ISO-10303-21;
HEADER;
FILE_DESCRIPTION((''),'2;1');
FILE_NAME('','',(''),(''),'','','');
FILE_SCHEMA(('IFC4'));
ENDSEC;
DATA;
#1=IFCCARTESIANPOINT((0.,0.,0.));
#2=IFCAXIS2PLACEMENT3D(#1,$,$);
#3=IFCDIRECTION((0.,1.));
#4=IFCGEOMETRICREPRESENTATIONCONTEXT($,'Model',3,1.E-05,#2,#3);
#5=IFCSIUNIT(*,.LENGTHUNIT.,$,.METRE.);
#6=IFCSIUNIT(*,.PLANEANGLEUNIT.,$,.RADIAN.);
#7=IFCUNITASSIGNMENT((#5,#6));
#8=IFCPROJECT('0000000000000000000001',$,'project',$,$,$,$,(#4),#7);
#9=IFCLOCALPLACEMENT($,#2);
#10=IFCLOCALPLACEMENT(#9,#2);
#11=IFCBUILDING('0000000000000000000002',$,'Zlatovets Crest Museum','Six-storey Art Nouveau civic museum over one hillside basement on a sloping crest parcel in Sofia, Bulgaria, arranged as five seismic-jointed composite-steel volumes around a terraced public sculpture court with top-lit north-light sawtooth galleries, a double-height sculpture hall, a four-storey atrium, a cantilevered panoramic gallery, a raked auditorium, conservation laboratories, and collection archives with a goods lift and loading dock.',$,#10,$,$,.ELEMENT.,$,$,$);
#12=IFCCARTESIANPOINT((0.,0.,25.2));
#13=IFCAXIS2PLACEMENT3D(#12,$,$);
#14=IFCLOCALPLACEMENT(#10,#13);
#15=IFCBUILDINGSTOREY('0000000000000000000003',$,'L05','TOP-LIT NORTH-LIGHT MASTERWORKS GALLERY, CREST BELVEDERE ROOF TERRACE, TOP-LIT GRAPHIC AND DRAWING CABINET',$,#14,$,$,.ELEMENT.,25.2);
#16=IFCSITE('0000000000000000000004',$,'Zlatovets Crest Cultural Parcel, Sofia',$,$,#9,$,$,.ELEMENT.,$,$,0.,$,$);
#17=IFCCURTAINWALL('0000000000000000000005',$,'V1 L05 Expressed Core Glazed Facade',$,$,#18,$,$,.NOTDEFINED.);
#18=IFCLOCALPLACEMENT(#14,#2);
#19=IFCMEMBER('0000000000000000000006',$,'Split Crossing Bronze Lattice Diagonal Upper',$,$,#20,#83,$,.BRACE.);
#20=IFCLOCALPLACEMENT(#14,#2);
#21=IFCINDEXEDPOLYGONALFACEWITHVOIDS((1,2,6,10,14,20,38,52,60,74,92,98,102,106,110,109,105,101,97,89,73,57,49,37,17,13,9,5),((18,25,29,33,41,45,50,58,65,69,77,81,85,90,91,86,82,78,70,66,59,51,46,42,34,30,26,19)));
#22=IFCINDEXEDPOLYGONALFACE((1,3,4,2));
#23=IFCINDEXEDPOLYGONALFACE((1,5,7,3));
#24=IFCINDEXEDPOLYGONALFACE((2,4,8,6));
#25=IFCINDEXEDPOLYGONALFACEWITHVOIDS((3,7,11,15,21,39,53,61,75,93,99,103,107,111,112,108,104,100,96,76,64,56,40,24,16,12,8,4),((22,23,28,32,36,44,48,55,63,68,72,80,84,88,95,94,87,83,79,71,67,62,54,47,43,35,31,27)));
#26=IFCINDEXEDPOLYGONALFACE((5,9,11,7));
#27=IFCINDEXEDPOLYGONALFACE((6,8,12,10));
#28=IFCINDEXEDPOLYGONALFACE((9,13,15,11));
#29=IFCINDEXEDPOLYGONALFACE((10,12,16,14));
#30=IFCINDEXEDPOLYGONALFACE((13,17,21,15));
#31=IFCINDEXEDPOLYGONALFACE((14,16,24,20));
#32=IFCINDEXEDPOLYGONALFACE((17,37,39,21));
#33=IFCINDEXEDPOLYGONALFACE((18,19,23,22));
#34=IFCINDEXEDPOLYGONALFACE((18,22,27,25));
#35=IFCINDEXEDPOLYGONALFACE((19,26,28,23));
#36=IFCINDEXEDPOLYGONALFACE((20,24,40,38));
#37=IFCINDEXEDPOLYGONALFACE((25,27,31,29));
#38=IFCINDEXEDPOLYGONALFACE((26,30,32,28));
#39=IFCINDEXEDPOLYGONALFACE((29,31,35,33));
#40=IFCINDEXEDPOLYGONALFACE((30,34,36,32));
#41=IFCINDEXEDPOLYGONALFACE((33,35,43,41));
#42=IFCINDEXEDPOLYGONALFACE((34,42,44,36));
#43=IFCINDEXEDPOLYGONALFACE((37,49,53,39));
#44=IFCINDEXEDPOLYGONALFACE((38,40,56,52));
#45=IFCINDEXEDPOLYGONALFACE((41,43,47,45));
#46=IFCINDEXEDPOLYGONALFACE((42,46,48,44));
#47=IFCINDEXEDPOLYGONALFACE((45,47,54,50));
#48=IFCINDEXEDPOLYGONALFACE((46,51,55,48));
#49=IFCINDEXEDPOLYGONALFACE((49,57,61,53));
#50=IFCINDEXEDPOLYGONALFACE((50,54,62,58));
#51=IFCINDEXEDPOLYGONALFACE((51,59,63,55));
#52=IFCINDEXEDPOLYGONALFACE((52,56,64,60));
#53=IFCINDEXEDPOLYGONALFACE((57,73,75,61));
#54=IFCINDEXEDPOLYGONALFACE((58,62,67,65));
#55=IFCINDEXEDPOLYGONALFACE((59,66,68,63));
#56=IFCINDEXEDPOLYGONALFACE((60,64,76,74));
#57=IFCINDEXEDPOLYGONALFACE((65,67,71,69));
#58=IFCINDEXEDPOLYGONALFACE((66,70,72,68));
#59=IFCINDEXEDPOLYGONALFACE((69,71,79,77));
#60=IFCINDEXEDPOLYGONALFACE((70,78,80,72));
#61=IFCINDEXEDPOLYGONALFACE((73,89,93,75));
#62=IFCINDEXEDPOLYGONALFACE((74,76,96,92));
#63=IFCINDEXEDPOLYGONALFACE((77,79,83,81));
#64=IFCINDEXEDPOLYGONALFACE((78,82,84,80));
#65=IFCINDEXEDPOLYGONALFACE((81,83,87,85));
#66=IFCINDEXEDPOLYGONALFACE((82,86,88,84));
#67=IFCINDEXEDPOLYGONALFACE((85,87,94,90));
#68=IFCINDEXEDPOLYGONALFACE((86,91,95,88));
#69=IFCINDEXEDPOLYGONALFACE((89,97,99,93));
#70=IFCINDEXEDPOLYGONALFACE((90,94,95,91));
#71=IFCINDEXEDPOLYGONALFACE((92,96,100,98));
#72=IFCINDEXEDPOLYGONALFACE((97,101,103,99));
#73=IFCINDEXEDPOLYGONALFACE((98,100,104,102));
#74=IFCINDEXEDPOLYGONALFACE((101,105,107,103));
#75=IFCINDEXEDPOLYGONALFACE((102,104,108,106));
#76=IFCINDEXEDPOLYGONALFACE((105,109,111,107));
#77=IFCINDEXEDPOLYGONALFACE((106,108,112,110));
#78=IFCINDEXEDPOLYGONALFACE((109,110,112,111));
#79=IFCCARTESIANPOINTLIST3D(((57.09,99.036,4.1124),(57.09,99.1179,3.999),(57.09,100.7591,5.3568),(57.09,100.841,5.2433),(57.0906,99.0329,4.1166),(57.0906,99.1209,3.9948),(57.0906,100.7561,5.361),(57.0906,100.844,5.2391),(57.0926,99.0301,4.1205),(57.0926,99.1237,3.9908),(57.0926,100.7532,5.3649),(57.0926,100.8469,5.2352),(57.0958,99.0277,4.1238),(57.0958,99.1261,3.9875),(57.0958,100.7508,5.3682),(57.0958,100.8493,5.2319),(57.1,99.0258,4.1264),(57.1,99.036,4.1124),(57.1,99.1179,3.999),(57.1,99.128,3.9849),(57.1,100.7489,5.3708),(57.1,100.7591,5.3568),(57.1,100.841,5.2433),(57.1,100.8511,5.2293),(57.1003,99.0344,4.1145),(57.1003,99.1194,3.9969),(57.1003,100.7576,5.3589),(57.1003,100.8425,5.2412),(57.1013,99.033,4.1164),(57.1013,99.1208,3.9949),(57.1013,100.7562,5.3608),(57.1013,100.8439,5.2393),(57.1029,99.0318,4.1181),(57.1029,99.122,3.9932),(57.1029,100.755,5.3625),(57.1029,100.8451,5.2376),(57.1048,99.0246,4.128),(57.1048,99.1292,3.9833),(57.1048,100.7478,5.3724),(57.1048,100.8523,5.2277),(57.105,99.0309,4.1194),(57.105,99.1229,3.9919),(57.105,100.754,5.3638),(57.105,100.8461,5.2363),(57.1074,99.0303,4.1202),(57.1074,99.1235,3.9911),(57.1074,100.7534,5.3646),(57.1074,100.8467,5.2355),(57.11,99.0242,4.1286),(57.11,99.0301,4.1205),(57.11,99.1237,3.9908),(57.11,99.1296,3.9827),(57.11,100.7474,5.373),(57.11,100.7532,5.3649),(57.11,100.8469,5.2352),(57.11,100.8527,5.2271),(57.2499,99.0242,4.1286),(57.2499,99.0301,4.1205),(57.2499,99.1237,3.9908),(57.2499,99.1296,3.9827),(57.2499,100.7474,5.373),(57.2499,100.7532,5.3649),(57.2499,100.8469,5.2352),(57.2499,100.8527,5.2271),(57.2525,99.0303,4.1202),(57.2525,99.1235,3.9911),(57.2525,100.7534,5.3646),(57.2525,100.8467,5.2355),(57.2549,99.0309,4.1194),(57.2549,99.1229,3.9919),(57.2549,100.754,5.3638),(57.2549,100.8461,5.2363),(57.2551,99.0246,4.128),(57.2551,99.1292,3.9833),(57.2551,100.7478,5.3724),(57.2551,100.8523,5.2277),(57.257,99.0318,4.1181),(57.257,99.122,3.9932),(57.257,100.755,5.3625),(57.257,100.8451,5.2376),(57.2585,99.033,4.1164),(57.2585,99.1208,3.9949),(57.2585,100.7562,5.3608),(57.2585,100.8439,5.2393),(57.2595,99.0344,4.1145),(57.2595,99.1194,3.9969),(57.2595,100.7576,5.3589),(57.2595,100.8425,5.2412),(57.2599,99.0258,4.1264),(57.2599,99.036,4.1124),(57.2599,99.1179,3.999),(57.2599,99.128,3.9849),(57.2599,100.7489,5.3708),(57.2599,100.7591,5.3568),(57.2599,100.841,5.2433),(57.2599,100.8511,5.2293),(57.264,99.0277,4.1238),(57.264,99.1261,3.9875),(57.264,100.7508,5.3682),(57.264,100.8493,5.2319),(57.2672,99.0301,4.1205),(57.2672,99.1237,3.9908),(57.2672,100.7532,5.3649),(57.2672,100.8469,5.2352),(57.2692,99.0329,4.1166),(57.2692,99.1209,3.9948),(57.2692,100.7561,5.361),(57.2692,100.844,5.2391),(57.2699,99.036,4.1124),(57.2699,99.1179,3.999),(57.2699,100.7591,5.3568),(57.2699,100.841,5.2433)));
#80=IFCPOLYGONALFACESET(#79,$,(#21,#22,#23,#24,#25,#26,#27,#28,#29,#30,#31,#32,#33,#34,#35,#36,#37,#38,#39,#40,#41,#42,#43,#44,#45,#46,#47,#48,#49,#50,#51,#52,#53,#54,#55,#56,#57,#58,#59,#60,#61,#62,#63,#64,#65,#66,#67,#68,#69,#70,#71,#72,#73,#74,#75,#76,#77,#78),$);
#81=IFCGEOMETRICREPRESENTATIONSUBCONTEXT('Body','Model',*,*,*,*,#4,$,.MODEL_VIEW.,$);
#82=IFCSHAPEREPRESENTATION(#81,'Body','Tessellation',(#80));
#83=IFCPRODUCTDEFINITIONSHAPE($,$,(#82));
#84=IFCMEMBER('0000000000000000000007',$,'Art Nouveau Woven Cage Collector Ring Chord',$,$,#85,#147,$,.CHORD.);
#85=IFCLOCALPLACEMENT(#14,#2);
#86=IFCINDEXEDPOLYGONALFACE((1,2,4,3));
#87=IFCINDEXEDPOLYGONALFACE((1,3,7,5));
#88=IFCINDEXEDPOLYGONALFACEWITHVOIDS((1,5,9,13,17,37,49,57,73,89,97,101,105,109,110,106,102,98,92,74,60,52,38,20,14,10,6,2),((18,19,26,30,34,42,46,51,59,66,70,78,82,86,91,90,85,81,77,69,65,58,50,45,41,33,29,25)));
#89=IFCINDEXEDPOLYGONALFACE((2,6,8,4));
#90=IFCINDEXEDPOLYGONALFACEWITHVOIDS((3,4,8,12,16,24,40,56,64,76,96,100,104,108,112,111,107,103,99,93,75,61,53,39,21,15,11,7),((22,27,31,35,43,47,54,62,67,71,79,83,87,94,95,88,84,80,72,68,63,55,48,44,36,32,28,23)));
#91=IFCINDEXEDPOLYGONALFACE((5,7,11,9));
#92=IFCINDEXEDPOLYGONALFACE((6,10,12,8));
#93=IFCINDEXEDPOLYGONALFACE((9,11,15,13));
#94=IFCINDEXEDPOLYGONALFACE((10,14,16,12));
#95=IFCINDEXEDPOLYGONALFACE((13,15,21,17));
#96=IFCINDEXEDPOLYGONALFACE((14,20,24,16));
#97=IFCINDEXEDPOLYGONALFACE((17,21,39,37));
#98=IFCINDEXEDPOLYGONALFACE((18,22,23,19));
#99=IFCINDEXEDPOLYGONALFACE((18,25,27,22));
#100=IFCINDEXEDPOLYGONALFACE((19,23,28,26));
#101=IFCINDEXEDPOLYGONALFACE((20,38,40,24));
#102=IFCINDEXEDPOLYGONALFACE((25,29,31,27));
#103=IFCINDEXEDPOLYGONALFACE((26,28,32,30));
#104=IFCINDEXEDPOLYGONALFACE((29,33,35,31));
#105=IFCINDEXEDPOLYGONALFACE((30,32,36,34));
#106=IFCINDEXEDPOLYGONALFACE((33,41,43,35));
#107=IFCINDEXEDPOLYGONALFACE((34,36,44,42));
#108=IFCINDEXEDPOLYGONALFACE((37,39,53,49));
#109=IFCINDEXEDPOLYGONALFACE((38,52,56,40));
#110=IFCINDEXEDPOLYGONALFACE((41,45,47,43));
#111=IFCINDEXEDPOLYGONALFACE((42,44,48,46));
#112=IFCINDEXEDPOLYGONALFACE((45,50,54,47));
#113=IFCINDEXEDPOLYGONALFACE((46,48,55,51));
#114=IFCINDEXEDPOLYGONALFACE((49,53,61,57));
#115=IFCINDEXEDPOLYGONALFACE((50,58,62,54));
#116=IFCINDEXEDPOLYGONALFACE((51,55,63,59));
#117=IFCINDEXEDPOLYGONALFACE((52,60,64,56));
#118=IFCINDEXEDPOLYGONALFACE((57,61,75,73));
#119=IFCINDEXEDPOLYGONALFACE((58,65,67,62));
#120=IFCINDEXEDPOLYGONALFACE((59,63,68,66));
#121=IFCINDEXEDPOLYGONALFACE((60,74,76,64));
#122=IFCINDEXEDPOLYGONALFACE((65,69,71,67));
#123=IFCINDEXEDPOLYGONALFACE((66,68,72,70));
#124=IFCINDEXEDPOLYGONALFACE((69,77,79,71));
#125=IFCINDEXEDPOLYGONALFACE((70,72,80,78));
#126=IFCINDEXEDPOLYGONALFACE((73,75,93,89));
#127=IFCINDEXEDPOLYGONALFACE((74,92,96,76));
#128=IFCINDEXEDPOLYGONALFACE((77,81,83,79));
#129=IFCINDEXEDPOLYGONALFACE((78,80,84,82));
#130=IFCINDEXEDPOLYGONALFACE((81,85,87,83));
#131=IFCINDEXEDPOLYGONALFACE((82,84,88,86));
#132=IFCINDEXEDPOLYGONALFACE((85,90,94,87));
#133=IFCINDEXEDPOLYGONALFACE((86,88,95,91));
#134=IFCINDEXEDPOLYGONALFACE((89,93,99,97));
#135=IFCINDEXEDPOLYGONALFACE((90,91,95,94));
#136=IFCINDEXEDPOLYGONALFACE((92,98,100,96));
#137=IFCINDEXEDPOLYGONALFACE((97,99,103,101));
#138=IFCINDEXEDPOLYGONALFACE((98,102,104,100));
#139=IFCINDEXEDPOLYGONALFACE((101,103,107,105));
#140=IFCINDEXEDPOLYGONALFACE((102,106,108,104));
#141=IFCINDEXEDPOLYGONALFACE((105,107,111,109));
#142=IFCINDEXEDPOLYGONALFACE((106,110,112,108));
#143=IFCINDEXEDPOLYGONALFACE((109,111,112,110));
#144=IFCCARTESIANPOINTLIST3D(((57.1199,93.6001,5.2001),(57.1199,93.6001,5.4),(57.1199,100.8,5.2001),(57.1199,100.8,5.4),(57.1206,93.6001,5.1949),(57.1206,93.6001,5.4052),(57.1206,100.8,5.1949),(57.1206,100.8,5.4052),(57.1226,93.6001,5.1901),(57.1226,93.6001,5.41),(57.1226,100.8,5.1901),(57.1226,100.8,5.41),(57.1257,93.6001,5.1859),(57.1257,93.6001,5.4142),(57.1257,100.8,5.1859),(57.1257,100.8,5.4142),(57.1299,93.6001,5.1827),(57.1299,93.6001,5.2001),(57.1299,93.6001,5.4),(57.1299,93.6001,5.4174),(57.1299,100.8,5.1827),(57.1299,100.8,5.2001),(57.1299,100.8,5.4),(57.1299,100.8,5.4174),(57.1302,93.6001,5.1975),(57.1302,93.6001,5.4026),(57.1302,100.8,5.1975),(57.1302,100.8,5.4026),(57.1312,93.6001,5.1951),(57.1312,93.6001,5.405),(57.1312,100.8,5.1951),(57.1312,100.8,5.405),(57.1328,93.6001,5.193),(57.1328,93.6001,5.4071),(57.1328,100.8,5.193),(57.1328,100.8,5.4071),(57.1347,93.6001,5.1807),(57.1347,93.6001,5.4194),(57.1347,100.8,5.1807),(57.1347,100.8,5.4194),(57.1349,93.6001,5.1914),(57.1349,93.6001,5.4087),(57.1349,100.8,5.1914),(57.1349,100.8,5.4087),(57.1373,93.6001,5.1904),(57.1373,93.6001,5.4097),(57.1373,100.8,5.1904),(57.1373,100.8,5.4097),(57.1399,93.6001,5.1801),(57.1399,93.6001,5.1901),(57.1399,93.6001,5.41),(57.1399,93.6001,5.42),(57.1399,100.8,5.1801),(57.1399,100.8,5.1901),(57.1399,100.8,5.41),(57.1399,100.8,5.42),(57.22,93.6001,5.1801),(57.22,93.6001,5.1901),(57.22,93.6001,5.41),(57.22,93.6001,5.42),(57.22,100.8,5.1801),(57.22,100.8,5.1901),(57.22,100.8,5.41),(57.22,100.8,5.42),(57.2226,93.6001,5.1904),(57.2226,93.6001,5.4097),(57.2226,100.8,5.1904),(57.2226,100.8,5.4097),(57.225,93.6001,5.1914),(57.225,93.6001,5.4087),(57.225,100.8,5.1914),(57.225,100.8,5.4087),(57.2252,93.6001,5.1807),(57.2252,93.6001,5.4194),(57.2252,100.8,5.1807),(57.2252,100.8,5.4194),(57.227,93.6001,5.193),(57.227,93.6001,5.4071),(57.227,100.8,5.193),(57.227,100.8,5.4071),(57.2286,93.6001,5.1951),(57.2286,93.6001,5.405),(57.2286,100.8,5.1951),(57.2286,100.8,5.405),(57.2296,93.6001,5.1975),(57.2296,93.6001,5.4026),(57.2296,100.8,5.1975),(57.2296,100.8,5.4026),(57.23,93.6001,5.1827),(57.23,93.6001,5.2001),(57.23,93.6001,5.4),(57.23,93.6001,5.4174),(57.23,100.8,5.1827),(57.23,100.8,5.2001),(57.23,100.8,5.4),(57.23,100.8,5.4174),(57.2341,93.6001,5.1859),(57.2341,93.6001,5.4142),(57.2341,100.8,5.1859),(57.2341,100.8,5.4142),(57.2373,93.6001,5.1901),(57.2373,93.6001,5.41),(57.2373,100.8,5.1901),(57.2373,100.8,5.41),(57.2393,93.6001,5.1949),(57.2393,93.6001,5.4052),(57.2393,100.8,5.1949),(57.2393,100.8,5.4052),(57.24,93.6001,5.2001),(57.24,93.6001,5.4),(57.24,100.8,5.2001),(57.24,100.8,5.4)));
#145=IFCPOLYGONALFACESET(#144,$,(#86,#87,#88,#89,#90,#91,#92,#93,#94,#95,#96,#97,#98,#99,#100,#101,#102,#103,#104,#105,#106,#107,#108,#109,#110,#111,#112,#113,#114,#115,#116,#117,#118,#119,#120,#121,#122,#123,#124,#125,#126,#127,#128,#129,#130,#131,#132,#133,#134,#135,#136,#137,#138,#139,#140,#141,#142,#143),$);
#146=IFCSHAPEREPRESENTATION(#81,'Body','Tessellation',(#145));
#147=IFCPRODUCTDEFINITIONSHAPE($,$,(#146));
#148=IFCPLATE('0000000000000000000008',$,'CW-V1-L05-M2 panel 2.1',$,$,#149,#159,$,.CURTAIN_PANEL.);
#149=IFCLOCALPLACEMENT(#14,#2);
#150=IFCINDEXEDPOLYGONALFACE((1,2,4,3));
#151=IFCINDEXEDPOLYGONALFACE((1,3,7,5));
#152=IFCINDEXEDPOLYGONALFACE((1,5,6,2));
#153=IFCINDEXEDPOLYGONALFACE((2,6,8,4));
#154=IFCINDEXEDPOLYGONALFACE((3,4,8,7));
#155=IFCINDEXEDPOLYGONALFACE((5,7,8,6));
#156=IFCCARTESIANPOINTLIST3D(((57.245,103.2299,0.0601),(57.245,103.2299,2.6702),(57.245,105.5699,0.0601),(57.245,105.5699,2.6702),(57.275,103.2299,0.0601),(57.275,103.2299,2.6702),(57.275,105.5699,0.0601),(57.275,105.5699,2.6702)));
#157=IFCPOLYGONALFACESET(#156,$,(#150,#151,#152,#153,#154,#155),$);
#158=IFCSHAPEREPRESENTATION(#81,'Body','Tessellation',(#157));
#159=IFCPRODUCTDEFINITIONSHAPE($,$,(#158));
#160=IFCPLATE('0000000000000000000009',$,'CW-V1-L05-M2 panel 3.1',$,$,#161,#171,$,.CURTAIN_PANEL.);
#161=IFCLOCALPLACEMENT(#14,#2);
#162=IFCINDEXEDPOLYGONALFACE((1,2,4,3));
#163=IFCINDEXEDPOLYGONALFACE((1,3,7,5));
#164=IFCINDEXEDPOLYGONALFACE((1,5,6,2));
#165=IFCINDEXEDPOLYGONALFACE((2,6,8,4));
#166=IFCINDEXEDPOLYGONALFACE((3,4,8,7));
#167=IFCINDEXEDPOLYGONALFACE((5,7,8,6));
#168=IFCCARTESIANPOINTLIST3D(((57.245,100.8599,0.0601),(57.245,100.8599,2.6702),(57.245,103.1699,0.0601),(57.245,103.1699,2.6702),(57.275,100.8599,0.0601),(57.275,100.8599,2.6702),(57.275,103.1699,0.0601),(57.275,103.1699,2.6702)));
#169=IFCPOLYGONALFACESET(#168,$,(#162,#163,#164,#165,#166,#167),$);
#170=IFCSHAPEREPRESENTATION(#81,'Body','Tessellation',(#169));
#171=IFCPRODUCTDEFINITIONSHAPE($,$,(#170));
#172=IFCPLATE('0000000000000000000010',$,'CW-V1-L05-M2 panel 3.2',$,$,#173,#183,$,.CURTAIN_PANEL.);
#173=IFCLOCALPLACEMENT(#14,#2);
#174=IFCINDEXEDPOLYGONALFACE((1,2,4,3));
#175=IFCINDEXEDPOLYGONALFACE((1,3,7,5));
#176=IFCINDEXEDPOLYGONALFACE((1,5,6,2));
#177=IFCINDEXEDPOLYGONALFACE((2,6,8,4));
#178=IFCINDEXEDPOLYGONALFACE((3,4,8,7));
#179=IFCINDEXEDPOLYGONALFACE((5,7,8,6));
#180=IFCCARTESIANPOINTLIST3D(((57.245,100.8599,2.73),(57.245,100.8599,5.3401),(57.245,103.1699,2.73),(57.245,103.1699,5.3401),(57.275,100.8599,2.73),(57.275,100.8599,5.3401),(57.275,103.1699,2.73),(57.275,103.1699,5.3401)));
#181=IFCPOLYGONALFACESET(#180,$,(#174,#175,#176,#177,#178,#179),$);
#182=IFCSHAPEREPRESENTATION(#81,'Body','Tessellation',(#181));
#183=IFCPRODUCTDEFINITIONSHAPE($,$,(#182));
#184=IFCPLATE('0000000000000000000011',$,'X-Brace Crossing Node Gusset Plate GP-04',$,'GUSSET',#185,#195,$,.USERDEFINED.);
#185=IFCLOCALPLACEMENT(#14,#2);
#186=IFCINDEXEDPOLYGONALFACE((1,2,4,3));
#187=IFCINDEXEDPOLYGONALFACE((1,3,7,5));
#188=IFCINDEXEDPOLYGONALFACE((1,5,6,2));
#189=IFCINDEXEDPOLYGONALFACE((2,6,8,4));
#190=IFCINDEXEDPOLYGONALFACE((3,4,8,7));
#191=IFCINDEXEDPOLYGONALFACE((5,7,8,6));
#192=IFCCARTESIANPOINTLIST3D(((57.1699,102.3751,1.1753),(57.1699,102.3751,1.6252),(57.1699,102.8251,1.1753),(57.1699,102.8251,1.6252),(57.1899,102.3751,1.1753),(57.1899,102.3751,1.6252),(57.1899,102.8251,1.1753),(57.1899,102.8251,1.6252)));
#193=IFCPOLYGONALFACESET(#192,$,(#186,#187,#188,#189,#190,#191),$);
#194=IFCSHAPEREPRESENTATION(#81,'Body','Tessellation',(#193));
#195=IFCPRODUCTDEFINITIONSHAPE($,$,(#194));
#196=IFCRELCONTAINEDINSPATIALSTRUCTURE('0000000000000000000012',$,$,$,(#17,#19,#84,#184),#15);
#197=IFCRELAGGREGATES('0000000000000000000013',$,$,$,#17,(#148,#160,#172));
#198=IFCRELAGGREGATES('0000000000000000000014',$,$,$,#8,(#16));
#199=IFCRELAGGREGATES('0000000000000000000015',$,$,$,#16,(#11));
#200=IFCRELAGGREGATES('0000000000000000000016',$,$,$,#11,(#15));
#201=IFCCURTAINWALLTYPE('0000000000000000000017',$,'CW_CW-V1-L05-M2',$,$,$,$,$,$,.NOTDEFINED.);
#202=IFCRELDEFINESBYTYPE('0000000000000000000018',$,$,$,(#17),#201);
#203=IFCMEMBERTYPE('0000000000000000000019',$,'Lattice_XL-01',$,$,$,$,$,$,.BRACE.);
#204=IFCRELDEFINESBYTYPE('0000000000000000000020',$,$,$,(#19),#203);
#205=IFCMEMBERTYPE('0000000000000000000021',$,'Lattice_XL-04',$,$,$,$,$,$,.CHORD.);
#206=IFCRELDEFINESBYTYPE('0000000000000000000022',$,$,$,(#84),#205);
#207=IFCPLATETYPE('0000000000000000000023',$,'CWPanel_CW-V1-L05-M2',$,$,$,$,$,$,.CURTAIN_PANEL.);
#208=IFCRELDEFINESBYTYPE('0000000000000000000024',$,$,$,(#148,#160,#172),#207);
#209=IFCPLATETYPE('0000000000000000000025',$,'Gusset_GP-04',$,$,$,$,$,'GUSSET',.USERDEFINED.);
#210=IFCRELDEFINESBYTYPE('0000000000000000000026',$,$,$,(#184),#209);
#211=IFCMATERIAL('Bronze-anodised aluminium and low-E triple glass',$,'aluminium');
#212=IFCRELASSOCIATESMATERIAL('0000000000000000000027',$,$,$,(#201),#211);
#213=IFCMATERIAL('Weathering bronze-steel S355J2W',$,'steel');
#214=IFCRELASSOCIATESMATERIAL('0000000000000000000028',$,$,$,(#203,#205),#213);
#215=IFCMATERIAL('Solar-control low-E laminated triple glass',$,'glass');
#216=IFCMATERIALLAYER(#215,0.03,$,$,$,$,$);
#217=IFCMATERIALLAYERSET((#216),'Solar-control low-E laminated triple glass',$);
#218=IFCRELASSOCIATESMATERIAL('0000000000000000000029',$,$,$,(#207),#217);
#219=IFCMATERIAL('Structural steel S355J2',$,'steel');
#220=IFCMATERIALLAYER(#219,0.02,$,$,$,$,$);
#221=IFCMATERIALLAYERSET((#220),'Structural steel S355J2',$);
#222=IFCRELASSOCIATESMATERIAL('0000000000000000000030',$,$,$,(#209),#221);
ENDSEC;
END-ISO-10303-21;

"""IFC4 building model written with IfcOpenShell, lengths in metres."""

from ifc_helpers import new_model, si_unit, direction, frame, origin, origin_2d, place, context, subcontext, project, spatial, rectangle, hollow_rectangle, extrude, material, layer, layer_set, material_profile, profile_set, type_object, element, aggregate, save


model = new_model("IFC4")

# Units and contexts
model_context = context("Model", 3, precision=1e-05, world=origin(), true_north=direction((0.0, 1.0)))
body_context = subcontext(model_context, "Body", "Model", "MODEL_VIEW")
ifc_project = project(units=[si_unit("LENGTHUNIT", "METRE"), si_unit("PLANEANGLEUNIT", "RADIAN")], contexts=[model_context])

# Site, building, storey
site_placement = place(None, origin())
site = spatial("IfcSite", under=ifc_project, at=site_placement, Name="Zlatovets Crest Cultural Parcel, Sofia", CompositionType="ELEMENT", RefElevation=0.0)
building_placement = place(site_placement, origin())
building = spatial("IfcBuilding", under=site, at=building_placement, Name="Zlatovets Crest Museum", Description="Six-storey Art Nouveau civic museum over one hillside basement on a sloping crest parcel in Sofia, Bulgaria, arranged as five seismic-jointed composite-steel volumes around a terraced public sculpture court with top-lit north-light sawtooth galleries, a double-height sculpture hall, a four-storey atrium, a cantilevered panoramic gallery, a raked auditorium, conservation laboratories, and collection archives with a goods lift and loading dock.", CompositionType="ELEMENT")
storey_placement = place(building_placement, frame((0.0, 0.0, 25.2)))
storey = spatial("IfcBuildingStorey", under=building, at=storey_placement, Name="L05", Description="TOP-LIT NORTH-LIGHT MASTERWORKS GALLERY, CREST BELVEDERE ROOF TERRACE, TOP-LIT GRAPHIC AND DRAWING CABINET", CompositionType="ELEMENT", Elevation=25.2)

# Shared definitions
ifc_material_1 = material(Name="Structural steel S355J2", Category="steel")

# Curtain wall
ifc_material_2 = material(Name="Bronze-anodised aluminium and low-E triple glass", Category="aluminium")
curtain_wall_type_1 = type_object("IfcCurtainWallType", Name="CW_CW-V1-L05-M2", PredefinedType="NOTDEFINED", material=ifc_material_2)
curtain_wall_1_placement = place(storey_placement, origin())
curtain_wall_1 = element("IfcCurtainWall", 1, at=curtain_wall_1_placement, inside=storey, type_object=curtain_wall_type_1, Name="V1 L05 Expressed Core Glazed Facade", PredefinedType="NOTDEFINED")

# Members
ifc_material_3 = material(Name="Weathering bronze-steel S355J2W", Category="steel")
ifc_material_profile_1 = material_profile(ifc_material_3, hollow_rectangle(XDim=0.1799, YDim=0.1799, WallThickness=0.01, InnerFilletRadius=0.01, OuterFilletRadius=0.02, at=origin_2d()), Name="SHS 180x180x10.0")
ifc_profile_set_1 = profile_set([ifc_material_profile_1], Name="Weathering bronze-steel S355J2W")
member_type_1 = type_object("IfcMemberType", Name="Lattice_XL-01", PredefinedType="BRACE", material=ifc_profile_set_1)
member_1_placement = place(storey_placement, frame((57.1799, 100.8, 5.3), z_axis=(0.0, -0.810703, -0.585457), x_axis=(1.0, 0.0, 0.0)))
element("IfcMember", 2, at=member_1_placement, inside=storey, type_object=member_type_1, Name="Split Crossing Bronze Lattice Diagonal Upper", PredefinedType="BRACE", context=body_context, shape_type="SweptSolid", body=[
    extrude(hollow_rectangle(XDim=0.1799, YDim=0.1799, WallThickness=0.01, InnerFilletRadius=0.01, OuterFilletRadius=0.02, at=origin_2d()), origin(), (0.0, 0.0, 1.0), 2.1255),
])
ifc_material_profile_2 = material_profile(ifc_material_3, hollow_rectangle(XDim=0.1201, YDim=0.24, WallThickness=0.01, InnerFilletRadius=0.01, OuterFilletRadius=0.02, at=origin_2d()), Name="RHS 120x240x10.0")
ifc_profile_set_2 = profile_set([ifc_material_profile_2], Name="Weathering bronze-steel S355J2W")
member_type_2 = type_object("IfcMemberType", Name="Lattice_XL-04", PredefinedType="CHORD", material=ifc_profile_set_2)
member_2_placement = place(storey_placement, frame((57.1799, 100.8, 5.3), z_axis=(0.0, -1.0, 0.0), x_axis=(1.0, 0.0, 0.0)))
element("IfcMember", 3, at=member_2_placement, inside=storey, type_object=member_type_2, Name="Art Nouveau Woven Cage Collector Ring Chord", PredefinedType="CHORD", context=body_context, shape_type="SweptSolid", body=[
    extrude(hollow_rectangle(XDim=0.1201, YDim=0.24, WallThickness=0.01, InnerFilletRadius=0.01, OuterFilletRadius=0.02, at=origin_2d()), origin(), (0.0, 0.0, 1.0), 7.2),
])

# Plates
ifc_material_4 = material(Name="Solar-control low-E laminated triple glass", Category="glass")
ifc_layer_1 = layer(ifc_material_4, 0.03)
ifc_layer_set_1 = layer_set([ifc_layer_1], Name="Solar-control low-E laminated triple glass")
plate_type_1 = type_object("IfcPlateType", Name="CWPanel_CW-V1-L05-M2", PredefinedType="CURTAIN_PANEL", material=ifc_layer_set_1)
plate_1_placement = place(storey_placement, frame((57.26, 104.3999, 0.0601), z_axis=(0.0, 0.0, 1.0), x_axis=(0.0, -1.0, 0.0)))
plate_1 = element("IfcPlate", 4, at=plate_1_placement, type_object=plate_type_1, Name="CW-V1-L05-M2 panel 2.1", PredefinedType="CURTAIN_PANEL", context=body_context, shape_type="SweptSolid", body=[
    extrude(rectangle(XDim=2.3401, YDim=0.03, at=origin_2d()), origin(), (0.0, 0.0, 1.0), 2.6101),
])
plate_2_placement = place(storey_placement, frame((57.26, 102.0149, 0.0601), z_axis=(0.0, 0.0, 1.0), x_axis=(0.0, -1.0, 0.0)))
plate_2 = element("IfcPlate", 5, at=plate_2_placement, type_object=plate_type_1, Name="CW-V1-L05-M2 panel 3.1", PredefinedType="CURTAIN_PANEL", context=body_context, shape_type="SweptSolid", body=[
    extrude(rectangle(XDim=2.3101, YDim=0.03, at=origin_2d()), origin(), (0.0, 0.0, 1.0), 2.6101),
])
plate_3_placement = place(storey_placement, frame((57.26, 102.0149, 2.73), z_axis=(0.0, 0.0, 1.0), x_axis=(0.0, -1.0, 0.0)))
plate_3 = element("IfcPlate", 6, at=plate_3_placement, type_object=plate_type_1, Name="CW-V1-L05-M2 panel 3.2", PredefinedType="CURTAIN_PANEL", context=body_context, shape_type="SweptSolid", body=[
    extrude(rectangle(XDim=2.3101, YDim=0.03, at=origin_2d()), origin(), (0.0, 0.0, 1.0), 2.6101),
])
aggregate(curtain_wall_1, [plate_1, plate_2, plate_3])

# Plate
ifc_layer_2 = layer(ifc_material_1, 0.02)
ifc_layer_set_2 = layer_set([ifc_layer_2], Name="Structural steel S355J2")
plate_type_2 = type_object("IfcPlateType", Name="Gusset_GP-04", ElementType="GUSSET", PredefinedType="USERDEFINED", material=ifc_layer_set_2)
for number, where, z_axis, x_axis, name in (
    (7, (57.1799, 102.6001, 1.1753), (0.0, 0.0, 1.0), (1.0, 0.0, 0.0), "X-Brace Crossing Node Gusset Plate GP-04"),
):
    element("IfcPlate", number, at=place(storey_placement, frame(where, z_axis=z_axis, x_axis=x_axis)), inside=storey, type_object=plate_type_2, Name=name, ObjectType="GUSSET", PredefinedType="USERDEFINED", context=body_context, shape_type="SweptSolid", body=[
        extrude(rectangle(XDim=0.02, YDim=0.45, at=origin_2d()), origin(), (0.0, 0.0, 1.0), 0.45),
    ])

save(model, "model.ifc")
